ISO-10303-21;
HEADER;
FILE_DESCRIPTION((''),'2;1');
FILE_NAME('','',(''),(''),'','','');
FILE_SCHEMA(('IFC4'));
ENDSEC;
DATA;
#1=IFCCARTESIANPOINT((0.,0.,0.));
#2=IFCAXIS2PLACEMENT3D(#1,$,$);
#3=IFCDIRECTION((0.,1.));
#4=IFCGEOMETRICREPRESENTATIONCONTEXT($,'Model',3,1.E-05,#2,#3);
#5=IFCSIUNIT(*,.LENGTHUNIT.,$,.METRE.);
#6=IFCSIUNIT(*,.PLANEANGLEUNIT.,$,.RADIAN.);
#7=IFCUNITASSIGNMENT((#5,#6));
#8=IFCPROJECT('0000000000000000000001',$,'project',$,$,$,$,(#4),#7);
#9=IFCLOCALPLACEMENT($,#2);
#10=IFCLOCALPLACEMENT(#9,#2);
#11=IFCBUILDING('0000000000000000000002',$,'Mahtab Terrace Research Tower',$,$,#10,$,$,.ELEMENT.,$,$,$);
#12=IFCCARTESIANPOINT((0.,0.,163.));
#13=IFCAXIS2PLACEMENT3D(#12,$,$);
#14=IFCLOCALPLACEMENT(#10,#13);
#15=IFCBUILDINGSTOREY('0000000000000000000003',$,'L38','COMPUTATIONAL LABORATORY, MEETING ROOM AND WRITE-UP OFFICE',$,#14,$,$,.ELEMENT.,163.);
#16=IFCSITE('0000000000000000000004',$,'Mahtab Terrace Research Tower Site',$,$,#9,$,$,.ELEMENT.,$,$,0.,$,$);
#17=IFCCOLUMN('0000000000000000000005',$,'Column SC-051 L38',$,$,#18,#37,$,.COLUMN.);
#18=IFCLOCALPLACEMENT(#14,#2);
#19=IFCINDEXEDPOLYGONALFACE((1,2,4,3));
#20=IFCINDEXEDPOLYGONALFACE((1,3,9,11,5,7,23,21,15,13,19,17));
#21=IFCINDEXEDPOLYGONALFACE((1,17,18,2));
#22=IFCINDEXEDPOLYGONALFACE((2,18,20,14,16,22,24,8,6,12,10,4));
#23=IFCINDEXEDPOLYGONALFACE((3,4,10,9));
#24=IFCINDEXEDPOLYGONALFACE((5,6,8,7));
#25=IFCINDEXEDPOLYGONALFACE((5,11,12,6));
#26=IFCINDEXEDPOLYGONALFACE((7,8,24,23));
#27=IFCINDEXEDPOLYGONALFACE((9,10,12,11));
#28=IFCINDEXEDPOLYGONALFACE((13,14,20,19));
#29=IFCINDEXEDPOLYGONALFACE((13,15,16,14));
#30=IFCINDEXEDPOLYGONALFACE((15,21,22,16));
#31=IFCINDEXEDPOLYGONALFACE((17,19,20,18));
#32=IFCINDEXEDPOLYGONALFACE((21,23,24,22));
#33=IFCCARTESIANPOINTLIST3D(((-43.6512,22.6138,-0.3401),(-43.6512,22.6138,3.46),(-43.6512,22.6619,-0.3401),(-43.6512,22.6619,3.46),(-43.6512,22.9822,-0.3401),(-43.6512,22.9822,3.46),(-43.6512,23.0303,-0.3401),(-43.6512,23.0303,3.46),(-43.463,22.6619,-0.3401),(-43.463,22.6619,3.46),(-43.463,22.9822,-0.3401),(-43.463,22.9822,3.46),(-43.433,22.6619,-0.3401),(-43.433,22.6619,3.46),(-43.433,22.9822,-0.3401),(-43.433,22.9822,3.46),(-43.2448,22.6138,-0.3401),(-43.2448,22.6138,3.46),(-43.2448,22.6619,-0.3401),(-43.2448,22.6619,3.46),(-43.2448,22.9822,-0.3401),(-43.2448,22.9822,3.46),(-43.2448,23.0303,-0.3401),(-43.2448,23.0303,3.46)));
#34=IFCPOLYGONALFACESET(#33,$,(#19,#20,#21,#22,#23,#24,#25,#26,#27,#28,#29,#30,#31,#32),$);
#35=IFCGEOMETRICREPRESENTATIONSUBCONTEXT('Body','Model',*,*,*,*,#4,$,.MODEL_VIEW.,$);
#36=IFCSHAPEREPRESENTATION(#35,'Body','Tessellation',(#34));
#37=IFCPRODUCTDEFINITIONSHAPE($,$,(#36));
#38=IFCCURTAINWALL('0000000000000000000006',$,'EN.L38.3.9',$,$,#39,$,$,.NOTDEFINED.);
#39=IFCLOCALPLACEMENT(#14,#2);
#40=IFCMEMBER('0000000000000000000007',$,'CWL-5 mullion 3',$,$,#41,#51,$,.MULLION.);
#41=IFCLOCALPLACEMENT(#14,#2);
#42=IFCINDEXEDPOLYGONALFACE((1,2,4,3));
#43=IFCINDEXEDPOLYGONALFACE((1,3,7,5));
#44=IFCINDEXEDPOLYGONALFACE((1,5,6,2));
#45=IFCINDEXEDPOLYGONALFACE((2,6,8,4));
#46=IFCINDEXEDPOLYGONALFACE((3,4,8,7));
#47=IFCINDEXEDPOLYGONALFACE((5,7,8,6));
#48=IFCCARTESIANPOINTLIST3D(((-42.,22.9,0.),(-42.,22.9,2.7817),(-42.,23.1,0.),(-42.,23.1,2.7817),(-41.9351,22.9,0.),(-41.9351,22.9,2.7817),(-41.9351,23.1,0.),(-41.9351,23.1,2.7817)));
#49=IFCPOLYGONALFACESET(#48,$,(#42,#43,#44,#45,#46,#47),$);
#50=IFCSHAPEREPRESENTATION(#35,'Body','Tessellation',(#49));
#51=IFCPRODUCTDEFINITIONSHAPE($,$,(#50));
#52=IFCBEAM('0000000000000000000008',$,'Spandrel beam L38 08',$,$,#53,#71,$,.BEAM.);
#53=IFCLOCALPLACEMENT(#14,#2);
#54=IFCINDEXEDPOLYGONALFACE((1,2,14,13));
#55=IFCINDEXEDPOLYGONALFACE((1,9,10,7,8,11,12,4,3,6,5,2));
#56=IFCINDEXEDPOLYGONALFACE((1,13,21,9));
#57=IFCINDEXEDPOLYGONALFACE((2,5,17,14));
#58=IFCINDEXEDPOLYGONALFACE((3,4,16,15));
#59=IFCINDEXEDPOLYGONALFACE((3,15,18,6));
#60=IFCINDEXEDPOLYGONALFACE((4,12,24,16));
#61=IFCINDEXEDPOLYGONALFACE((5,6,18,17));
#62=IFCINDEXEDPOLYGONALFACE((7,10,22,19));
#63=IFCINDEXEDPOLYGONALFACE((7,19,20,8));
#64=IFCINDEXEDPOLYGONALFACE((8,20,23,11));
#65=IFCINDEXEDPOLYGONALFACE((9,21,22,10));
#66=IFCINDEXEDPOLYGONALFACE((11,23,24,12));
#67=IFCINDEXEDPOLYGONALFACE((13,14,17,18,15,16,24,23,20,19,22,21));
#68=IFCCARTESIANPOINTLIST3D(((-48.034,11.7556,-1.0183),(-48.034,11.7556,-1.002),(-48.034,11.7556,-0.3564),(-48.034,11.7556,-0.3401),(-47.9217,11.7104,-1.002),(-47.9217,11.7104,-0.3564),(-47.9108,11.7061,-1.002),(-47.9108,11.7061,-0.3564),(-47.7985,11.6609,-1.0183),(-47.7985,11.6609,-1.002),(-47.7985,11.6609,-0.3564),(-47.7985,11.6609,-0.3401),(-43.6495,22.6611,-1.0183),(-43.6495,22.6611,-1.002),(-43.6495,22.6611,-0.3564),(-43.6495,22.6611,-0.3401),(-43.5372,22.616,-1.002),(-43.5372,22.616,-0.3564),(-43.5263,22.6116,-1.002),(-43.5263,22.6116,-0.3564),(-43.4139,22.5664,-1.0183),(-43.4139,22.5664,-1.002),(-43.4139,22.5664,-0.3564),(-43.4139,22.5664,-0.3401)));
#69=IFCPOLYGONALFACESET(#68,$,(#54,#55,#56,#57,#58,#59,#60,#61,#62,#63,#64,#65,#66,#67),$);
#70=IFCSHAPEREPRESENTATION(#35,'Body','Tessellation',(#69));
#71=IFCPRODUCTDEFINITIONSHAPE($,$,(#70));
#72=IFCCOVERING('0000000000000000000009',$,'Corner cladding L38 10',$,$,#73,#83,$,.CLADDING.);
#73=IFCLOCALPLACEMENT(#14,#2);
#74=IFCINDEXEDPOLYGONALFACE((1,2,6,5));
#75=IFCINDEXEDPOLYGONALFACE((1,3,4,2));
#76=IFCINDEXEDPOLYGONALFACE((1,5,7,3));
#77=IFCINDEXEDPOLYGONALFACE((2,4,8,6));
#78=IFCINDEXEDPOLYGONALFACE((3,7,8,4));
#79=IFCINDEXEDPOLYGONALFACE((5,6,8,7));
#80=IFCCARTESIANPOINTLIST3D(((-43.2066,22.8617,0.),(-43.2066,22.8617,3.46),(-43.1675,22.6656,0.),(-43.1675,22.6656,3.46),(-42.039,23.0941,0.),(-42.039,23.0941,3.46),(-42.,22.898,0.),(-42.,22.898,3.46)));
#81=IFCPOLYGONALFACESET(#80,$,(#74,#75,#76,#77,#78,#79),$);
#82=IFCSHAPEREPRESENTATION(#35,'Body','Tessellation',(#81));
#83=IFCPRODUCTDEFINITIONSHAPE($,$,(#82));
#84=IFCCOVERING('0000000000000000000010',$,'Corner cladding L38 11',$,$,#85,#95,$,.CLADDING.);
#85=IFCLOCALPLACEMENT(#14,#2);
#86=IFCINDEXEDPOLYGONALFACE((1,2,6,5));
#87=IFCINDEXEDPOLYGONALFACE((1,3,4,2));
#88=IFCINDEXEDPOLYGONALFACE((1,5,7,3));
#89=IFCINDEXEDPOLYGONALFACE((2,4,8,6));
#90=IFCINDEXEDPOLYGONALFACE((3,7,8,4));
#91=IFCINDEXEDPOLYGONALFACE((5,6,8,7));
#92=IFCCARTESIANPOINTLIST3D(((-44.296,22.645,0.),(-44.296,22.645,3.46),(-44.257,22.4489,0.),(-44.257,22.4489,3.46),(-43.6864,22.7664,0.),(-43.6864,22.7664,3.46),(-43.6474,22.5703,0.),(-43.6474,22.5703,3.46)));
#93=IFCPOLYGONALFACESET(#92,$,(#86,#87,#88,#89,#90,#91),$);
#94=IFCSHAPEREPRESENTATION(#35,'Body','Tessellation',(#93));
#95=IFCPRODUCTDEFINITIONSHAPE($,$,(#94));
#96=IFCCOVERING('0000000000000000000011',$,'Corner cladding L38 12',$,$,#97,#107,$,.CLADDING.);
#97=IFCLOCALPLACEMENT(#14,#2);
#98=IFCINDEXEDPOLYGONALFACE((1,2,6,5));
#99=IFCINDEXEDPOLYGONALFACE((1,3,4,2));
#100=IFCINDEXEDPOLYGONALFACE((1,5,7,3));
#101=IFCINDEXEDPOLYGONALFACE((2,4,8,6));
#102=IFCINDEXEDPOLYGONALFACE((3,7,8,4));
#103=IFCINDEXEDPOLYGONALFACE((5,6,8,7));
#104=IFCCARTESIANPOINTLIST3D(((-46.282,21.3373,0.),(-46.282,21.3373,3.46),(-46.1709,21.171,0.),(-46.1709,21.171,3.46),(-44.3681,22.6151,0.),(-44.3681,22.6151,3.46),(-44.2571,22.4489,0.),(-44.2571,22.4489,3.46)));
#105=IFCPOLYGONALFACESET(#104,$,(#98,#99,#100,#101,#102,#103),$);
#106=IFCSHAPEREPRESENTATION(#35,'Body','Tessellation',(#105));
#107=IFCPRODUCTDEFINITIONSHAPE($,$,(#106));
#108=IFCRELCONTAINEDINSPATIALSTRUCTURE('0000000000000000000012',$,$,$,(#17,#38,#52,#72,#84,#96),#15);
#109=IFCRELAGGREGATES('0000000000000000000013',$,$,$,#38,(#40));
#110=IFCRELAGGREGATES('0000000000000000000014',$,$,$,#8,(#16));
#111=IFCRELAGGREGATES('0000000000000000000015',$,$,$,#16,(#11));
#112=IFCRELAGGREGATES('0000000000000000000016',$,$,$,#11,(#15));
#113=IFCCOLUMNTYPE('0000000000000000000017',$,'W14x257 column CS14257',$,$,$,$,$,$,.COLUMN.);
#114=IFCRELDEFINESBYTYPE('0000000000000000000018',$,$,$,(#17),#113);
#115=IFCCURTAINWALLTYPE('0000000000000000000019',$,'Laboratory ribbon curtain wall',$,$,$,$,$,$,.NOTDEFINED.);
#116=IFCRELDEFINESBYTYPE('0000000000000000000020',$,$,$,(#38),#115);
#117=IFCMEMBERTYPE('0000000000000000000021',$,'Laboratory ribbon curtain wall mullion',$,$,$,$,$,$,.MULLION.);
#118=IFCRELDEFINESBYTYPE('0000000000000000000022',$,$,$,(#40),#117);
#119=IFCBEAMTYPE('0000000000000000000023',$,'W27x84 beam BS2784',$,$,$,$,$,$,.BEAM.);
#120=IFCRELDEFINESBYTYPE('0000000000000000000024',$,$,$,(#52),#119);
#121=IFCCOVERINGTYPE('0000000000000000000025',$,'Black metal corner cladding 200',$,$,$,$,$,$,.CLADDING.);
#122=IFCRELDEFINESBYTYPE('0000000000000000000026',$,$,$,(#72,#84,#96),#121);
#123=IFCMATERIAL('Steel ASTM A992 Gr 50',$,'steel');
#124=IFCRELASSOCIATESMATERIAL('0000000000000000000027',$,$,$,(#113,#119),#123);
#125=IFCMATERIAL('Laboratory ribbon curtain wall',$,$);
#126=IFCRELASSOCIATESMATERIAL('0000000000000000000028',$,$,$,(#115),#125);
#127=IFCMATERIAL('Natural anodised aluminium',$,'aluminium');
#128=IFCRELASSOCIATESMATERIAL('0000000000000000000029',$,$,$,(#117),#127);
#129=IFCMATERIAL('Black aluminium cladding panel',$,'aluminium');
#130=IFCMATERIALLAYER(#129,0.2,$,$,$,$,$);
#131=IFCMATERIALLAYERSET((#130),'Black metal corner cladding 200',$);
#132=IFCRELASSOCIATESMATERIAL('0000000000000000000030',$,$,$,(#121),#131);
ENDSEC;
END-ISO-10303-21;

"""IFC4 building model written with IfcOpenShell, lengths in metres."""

from ifc_helpers import new_model, si_unit, direction, frame, origin, origin_2d, place, context, subcontext, project, spatial, rectangle, i_section, extrude, material, layer, layer_set, material_profile, profile_set, type_object, element, aggregate, save


model = new_model("IFC4")

# Units and contexts
model_context = context("Model", 3, precision=1e-05, world=origin(), true_north=direction((0.0, 1.0)))
body_context = subcontext(model_context, "Body", "Model", "MODEL_VIEW")
ifc_project = project(units=[si_unit("LENGTHUNIT", "METRE"), si_unit("PLANEANGLEUNIT", "RADIAN")], contexts=[model_context])

# Site, building, storey
site_placement = place(None, origin())
site = spatial("IfcSite", under=ifc_project, at=site_placement, Name="Mahtab Terrace Research Tower Site", CompositionType="ELEMENT", RefElevation=0.0)
building_placement = place(site_placement, origin())
building = spatial("IfcBuilding", under=site, at=building_placement, Name="Mahtab Terrace Research Tower", CompositionType="ELEMENT")
storey_placement = place(building_placement, frame((0.0, 0.0, 163.0)))
storey = spatial("IfcBuildingStorey", under=building, at=storey_placement, Name="L38", Description="COMPUTATIONAL LABORATORY, MEETING ROOM AND WRITE-UP OFFICE", CompositionType="ELEMENT", Elevation=163.0)

# Column
ifc_material_1 = material(Name="Steel ASTM A992 Gr 50", Category="steel")
ifc_material_profile_1 = material_profile(ifc_material_1, i_section(OverallWidth=0.4065, OverallDepth=0.4165, WebThickness=0.03, FlangeThickness=0.0481, at=origin_2d()), Name="W14X257")
ifc_profile_set_1 = profile_set([ifc_material_profile_1], Name="Steel ASTM A992 Gr 50")
column_type = type_object("IfcColumnType", Name="W14x257 column CS14257", PredefinedType="COLUMN", material=ifc_profile_set_1)
column_placement = place(storey_placement, frame((-43.448, 22.822, -0.3401), z_axis=(0.0, 0.0, 1.0), x_axis=(1.0, 0.0, 0.0)))
element("IfcColumn", 1, at=column_placement, inside=storey, type_object=column_type, Name="Column SC-051 L38", PredefinedType="COLUMN", context=body_context, shape_type="SweptSolid", body=[
    extrude(i_section(OverallWidth=0.4065, OverallDepth=0.4165, WebThickness=0.03, FlangeThickness=0.0481, at=origin_2d()), origin(), (0.0, 0.0, 1.0), 3.8),
])

# Curtain wall, member
ifc_material_2 = material(Name="Laboratory ribbon curtain wall")
curtain_wall_type = type_object("IfcCurtainWallType", Name="Laboratory ribbon curtain wall", PredefinedType="NOTDEFINED", material=ifc_material_2)
curtain_wall_placement = place(storey_placement, origin())
curtain_wall = element("IfcCurtainWall", 2, at=curtain_wall_placement, inside=storey, type_object=curtain_wall_type, Name="EN.L38.3.9", PredefinedType="NOTDEFINED")
ifc_material_3 = material(Name="Natural anodised aluminium", Category="aluminium")
ifc_material_profile_2 = material_profile(ifc_material_3, rectangle(XDim=0.2, YDim=0.0649, at=origin_2d()), Name="MULLION 65x200")
ifc_profile_set_2 = profile_set([ifc_material_profile_2], Name="Natural anodised aluminium")
member_type = type_object("IfcMemberType", Name="Laboratory ribbon curtain wall mullion", PredefinedType="MULLION", material=ifc_profile_set_2)
member_placement = place(storey_placement, frame((-41.9675, 23.0, 0.0), z_axis=(0.0, 0.0, 1.0), x_axis=(0.0, -1.0, 0.0)))
member = element("IfcMember", 3, at=member_placement, type_object=member_type, Name="CWL-5 mullion 3", PredefinedType="MULLION", context=body_context, shape_type="SweptSolid", body=[
    extrude(rectangle(XDim=0.2, YDim=0.0649, at=origin_2d()), origin(), (0.0, 0.0, 1.0), 2.7817),
])
aggregate(curtain_wall, [member])

# Beam
ifc_material_profile_3 = material_profile(ifc_material_1, i_section(OverallWidth=0.2539, OverallDepth=0.6782, WebThickness=0.0117, FlangeThickness=0.0164, at=origin_2d()), Name="W27X84")
ifc_profile_set_3 = profile_set([ifc_material_profile_3], Name="Steel ASTM A992 Gr 50")
beam_type = type_object("IfcBeamType", Name="W27x84 beam BS2784", PredefinedType="BEAM", material=ifc_profile_set_3)
beam_placement = place(storey_placement, frame((-43.5317, 22.6138, -0.6792), z_axis=(-0.373027, -0.927821, 0.0), x_axis=(0.927821, -0.373027, 0.0)))
element("IfcBeam", 4, at=beam_placement, inside=storey, type_object=beam_type, Name="Spandrel beam L38 08", PredefinedType="BEAM", context=body_context, shape_type="SweptSolid", body=[
    extrude(i_section(OverallWidth=0.2539, OverallDepth=0.6782, WebThickness=0.0117, FlangeThickness=0.0164, at=origin_2d()), origin(), (0.0, 0.0, 1.0), 11.7539),
])

# Coverings
ifc_material_4 = material(Name="Black aluminium cladding panel", Category="aluminium")
ifc_layer = layer(ifc_material_4, 0.2)
ifc_layer_set = layer_set([ifc_layer], Name="Black metal corner cladding 200")
covering_type = type_object("IfcCoveringType", Name="Black metal corner cladding 200", PredefinedType="CLADDING", material=ifc_layer_set)
covering_1_placement = place(storey_placement, frame((-42.6033, 22.8799, 0.0), z_axis=(0.0, 0.0, 1.0), x_axis=(-0.980761, -0.195212, 0.0)))
element("IfcCovering", 5, at=covering_1_placement, inside=storey, type_object=covering_type, Name="Corner cladding L38 10", PredefinedType="CLADDING", context=body_context, shape_type="SweptSolid", body=[
    extrude(rectangle(XDim=1.1904, YDim=0.2, at=origin_2d()), origin(), (0.0, 0.0, 1.0), 3.46),
])
covering_2_placement = place(storey_placement, frame((-43.9717, 22.6077, 0.0), z_axis=(0.0, 0.0, 1.0), x_axis=(-0.980761, -0.195212, 0.0)))
element("IfcCovering", 6, at=covering_2_placement, inside=storey, type_object=covering_type, Name="Corner cladding L38 11", PredefinedType="CLADDING", context=body_context, shape_type="SweptSolid", body=[
    extrude(rectangle(XDim=0.6216, YDim=0.2, at=origin_2d()), origin(), (0.0, 0.0, 1.0), 3.46),
])
covering_3_placement = place(storey_placement, frame((-45.2695, 21.8931, 0.0), z_axis=(0.0, 0.0, 1.0), x_axis=(-0.831656, -0.555291, 0.0)))
element("IfcCovering", 7, at=covering_3_placement, inside=storey, type_object=covering_type, Name="Corner cladding L38 12", PredefinedType="CLADDING", context=body_context, shape_type="SweptSolid", body=[
    extrude(rectangle(XDim=2.3013, YDim=0.2, at=origin_2d()), origin(), (0.0, 0.0, 1.0), 3.46),
])

save(model, "model.ifc")
